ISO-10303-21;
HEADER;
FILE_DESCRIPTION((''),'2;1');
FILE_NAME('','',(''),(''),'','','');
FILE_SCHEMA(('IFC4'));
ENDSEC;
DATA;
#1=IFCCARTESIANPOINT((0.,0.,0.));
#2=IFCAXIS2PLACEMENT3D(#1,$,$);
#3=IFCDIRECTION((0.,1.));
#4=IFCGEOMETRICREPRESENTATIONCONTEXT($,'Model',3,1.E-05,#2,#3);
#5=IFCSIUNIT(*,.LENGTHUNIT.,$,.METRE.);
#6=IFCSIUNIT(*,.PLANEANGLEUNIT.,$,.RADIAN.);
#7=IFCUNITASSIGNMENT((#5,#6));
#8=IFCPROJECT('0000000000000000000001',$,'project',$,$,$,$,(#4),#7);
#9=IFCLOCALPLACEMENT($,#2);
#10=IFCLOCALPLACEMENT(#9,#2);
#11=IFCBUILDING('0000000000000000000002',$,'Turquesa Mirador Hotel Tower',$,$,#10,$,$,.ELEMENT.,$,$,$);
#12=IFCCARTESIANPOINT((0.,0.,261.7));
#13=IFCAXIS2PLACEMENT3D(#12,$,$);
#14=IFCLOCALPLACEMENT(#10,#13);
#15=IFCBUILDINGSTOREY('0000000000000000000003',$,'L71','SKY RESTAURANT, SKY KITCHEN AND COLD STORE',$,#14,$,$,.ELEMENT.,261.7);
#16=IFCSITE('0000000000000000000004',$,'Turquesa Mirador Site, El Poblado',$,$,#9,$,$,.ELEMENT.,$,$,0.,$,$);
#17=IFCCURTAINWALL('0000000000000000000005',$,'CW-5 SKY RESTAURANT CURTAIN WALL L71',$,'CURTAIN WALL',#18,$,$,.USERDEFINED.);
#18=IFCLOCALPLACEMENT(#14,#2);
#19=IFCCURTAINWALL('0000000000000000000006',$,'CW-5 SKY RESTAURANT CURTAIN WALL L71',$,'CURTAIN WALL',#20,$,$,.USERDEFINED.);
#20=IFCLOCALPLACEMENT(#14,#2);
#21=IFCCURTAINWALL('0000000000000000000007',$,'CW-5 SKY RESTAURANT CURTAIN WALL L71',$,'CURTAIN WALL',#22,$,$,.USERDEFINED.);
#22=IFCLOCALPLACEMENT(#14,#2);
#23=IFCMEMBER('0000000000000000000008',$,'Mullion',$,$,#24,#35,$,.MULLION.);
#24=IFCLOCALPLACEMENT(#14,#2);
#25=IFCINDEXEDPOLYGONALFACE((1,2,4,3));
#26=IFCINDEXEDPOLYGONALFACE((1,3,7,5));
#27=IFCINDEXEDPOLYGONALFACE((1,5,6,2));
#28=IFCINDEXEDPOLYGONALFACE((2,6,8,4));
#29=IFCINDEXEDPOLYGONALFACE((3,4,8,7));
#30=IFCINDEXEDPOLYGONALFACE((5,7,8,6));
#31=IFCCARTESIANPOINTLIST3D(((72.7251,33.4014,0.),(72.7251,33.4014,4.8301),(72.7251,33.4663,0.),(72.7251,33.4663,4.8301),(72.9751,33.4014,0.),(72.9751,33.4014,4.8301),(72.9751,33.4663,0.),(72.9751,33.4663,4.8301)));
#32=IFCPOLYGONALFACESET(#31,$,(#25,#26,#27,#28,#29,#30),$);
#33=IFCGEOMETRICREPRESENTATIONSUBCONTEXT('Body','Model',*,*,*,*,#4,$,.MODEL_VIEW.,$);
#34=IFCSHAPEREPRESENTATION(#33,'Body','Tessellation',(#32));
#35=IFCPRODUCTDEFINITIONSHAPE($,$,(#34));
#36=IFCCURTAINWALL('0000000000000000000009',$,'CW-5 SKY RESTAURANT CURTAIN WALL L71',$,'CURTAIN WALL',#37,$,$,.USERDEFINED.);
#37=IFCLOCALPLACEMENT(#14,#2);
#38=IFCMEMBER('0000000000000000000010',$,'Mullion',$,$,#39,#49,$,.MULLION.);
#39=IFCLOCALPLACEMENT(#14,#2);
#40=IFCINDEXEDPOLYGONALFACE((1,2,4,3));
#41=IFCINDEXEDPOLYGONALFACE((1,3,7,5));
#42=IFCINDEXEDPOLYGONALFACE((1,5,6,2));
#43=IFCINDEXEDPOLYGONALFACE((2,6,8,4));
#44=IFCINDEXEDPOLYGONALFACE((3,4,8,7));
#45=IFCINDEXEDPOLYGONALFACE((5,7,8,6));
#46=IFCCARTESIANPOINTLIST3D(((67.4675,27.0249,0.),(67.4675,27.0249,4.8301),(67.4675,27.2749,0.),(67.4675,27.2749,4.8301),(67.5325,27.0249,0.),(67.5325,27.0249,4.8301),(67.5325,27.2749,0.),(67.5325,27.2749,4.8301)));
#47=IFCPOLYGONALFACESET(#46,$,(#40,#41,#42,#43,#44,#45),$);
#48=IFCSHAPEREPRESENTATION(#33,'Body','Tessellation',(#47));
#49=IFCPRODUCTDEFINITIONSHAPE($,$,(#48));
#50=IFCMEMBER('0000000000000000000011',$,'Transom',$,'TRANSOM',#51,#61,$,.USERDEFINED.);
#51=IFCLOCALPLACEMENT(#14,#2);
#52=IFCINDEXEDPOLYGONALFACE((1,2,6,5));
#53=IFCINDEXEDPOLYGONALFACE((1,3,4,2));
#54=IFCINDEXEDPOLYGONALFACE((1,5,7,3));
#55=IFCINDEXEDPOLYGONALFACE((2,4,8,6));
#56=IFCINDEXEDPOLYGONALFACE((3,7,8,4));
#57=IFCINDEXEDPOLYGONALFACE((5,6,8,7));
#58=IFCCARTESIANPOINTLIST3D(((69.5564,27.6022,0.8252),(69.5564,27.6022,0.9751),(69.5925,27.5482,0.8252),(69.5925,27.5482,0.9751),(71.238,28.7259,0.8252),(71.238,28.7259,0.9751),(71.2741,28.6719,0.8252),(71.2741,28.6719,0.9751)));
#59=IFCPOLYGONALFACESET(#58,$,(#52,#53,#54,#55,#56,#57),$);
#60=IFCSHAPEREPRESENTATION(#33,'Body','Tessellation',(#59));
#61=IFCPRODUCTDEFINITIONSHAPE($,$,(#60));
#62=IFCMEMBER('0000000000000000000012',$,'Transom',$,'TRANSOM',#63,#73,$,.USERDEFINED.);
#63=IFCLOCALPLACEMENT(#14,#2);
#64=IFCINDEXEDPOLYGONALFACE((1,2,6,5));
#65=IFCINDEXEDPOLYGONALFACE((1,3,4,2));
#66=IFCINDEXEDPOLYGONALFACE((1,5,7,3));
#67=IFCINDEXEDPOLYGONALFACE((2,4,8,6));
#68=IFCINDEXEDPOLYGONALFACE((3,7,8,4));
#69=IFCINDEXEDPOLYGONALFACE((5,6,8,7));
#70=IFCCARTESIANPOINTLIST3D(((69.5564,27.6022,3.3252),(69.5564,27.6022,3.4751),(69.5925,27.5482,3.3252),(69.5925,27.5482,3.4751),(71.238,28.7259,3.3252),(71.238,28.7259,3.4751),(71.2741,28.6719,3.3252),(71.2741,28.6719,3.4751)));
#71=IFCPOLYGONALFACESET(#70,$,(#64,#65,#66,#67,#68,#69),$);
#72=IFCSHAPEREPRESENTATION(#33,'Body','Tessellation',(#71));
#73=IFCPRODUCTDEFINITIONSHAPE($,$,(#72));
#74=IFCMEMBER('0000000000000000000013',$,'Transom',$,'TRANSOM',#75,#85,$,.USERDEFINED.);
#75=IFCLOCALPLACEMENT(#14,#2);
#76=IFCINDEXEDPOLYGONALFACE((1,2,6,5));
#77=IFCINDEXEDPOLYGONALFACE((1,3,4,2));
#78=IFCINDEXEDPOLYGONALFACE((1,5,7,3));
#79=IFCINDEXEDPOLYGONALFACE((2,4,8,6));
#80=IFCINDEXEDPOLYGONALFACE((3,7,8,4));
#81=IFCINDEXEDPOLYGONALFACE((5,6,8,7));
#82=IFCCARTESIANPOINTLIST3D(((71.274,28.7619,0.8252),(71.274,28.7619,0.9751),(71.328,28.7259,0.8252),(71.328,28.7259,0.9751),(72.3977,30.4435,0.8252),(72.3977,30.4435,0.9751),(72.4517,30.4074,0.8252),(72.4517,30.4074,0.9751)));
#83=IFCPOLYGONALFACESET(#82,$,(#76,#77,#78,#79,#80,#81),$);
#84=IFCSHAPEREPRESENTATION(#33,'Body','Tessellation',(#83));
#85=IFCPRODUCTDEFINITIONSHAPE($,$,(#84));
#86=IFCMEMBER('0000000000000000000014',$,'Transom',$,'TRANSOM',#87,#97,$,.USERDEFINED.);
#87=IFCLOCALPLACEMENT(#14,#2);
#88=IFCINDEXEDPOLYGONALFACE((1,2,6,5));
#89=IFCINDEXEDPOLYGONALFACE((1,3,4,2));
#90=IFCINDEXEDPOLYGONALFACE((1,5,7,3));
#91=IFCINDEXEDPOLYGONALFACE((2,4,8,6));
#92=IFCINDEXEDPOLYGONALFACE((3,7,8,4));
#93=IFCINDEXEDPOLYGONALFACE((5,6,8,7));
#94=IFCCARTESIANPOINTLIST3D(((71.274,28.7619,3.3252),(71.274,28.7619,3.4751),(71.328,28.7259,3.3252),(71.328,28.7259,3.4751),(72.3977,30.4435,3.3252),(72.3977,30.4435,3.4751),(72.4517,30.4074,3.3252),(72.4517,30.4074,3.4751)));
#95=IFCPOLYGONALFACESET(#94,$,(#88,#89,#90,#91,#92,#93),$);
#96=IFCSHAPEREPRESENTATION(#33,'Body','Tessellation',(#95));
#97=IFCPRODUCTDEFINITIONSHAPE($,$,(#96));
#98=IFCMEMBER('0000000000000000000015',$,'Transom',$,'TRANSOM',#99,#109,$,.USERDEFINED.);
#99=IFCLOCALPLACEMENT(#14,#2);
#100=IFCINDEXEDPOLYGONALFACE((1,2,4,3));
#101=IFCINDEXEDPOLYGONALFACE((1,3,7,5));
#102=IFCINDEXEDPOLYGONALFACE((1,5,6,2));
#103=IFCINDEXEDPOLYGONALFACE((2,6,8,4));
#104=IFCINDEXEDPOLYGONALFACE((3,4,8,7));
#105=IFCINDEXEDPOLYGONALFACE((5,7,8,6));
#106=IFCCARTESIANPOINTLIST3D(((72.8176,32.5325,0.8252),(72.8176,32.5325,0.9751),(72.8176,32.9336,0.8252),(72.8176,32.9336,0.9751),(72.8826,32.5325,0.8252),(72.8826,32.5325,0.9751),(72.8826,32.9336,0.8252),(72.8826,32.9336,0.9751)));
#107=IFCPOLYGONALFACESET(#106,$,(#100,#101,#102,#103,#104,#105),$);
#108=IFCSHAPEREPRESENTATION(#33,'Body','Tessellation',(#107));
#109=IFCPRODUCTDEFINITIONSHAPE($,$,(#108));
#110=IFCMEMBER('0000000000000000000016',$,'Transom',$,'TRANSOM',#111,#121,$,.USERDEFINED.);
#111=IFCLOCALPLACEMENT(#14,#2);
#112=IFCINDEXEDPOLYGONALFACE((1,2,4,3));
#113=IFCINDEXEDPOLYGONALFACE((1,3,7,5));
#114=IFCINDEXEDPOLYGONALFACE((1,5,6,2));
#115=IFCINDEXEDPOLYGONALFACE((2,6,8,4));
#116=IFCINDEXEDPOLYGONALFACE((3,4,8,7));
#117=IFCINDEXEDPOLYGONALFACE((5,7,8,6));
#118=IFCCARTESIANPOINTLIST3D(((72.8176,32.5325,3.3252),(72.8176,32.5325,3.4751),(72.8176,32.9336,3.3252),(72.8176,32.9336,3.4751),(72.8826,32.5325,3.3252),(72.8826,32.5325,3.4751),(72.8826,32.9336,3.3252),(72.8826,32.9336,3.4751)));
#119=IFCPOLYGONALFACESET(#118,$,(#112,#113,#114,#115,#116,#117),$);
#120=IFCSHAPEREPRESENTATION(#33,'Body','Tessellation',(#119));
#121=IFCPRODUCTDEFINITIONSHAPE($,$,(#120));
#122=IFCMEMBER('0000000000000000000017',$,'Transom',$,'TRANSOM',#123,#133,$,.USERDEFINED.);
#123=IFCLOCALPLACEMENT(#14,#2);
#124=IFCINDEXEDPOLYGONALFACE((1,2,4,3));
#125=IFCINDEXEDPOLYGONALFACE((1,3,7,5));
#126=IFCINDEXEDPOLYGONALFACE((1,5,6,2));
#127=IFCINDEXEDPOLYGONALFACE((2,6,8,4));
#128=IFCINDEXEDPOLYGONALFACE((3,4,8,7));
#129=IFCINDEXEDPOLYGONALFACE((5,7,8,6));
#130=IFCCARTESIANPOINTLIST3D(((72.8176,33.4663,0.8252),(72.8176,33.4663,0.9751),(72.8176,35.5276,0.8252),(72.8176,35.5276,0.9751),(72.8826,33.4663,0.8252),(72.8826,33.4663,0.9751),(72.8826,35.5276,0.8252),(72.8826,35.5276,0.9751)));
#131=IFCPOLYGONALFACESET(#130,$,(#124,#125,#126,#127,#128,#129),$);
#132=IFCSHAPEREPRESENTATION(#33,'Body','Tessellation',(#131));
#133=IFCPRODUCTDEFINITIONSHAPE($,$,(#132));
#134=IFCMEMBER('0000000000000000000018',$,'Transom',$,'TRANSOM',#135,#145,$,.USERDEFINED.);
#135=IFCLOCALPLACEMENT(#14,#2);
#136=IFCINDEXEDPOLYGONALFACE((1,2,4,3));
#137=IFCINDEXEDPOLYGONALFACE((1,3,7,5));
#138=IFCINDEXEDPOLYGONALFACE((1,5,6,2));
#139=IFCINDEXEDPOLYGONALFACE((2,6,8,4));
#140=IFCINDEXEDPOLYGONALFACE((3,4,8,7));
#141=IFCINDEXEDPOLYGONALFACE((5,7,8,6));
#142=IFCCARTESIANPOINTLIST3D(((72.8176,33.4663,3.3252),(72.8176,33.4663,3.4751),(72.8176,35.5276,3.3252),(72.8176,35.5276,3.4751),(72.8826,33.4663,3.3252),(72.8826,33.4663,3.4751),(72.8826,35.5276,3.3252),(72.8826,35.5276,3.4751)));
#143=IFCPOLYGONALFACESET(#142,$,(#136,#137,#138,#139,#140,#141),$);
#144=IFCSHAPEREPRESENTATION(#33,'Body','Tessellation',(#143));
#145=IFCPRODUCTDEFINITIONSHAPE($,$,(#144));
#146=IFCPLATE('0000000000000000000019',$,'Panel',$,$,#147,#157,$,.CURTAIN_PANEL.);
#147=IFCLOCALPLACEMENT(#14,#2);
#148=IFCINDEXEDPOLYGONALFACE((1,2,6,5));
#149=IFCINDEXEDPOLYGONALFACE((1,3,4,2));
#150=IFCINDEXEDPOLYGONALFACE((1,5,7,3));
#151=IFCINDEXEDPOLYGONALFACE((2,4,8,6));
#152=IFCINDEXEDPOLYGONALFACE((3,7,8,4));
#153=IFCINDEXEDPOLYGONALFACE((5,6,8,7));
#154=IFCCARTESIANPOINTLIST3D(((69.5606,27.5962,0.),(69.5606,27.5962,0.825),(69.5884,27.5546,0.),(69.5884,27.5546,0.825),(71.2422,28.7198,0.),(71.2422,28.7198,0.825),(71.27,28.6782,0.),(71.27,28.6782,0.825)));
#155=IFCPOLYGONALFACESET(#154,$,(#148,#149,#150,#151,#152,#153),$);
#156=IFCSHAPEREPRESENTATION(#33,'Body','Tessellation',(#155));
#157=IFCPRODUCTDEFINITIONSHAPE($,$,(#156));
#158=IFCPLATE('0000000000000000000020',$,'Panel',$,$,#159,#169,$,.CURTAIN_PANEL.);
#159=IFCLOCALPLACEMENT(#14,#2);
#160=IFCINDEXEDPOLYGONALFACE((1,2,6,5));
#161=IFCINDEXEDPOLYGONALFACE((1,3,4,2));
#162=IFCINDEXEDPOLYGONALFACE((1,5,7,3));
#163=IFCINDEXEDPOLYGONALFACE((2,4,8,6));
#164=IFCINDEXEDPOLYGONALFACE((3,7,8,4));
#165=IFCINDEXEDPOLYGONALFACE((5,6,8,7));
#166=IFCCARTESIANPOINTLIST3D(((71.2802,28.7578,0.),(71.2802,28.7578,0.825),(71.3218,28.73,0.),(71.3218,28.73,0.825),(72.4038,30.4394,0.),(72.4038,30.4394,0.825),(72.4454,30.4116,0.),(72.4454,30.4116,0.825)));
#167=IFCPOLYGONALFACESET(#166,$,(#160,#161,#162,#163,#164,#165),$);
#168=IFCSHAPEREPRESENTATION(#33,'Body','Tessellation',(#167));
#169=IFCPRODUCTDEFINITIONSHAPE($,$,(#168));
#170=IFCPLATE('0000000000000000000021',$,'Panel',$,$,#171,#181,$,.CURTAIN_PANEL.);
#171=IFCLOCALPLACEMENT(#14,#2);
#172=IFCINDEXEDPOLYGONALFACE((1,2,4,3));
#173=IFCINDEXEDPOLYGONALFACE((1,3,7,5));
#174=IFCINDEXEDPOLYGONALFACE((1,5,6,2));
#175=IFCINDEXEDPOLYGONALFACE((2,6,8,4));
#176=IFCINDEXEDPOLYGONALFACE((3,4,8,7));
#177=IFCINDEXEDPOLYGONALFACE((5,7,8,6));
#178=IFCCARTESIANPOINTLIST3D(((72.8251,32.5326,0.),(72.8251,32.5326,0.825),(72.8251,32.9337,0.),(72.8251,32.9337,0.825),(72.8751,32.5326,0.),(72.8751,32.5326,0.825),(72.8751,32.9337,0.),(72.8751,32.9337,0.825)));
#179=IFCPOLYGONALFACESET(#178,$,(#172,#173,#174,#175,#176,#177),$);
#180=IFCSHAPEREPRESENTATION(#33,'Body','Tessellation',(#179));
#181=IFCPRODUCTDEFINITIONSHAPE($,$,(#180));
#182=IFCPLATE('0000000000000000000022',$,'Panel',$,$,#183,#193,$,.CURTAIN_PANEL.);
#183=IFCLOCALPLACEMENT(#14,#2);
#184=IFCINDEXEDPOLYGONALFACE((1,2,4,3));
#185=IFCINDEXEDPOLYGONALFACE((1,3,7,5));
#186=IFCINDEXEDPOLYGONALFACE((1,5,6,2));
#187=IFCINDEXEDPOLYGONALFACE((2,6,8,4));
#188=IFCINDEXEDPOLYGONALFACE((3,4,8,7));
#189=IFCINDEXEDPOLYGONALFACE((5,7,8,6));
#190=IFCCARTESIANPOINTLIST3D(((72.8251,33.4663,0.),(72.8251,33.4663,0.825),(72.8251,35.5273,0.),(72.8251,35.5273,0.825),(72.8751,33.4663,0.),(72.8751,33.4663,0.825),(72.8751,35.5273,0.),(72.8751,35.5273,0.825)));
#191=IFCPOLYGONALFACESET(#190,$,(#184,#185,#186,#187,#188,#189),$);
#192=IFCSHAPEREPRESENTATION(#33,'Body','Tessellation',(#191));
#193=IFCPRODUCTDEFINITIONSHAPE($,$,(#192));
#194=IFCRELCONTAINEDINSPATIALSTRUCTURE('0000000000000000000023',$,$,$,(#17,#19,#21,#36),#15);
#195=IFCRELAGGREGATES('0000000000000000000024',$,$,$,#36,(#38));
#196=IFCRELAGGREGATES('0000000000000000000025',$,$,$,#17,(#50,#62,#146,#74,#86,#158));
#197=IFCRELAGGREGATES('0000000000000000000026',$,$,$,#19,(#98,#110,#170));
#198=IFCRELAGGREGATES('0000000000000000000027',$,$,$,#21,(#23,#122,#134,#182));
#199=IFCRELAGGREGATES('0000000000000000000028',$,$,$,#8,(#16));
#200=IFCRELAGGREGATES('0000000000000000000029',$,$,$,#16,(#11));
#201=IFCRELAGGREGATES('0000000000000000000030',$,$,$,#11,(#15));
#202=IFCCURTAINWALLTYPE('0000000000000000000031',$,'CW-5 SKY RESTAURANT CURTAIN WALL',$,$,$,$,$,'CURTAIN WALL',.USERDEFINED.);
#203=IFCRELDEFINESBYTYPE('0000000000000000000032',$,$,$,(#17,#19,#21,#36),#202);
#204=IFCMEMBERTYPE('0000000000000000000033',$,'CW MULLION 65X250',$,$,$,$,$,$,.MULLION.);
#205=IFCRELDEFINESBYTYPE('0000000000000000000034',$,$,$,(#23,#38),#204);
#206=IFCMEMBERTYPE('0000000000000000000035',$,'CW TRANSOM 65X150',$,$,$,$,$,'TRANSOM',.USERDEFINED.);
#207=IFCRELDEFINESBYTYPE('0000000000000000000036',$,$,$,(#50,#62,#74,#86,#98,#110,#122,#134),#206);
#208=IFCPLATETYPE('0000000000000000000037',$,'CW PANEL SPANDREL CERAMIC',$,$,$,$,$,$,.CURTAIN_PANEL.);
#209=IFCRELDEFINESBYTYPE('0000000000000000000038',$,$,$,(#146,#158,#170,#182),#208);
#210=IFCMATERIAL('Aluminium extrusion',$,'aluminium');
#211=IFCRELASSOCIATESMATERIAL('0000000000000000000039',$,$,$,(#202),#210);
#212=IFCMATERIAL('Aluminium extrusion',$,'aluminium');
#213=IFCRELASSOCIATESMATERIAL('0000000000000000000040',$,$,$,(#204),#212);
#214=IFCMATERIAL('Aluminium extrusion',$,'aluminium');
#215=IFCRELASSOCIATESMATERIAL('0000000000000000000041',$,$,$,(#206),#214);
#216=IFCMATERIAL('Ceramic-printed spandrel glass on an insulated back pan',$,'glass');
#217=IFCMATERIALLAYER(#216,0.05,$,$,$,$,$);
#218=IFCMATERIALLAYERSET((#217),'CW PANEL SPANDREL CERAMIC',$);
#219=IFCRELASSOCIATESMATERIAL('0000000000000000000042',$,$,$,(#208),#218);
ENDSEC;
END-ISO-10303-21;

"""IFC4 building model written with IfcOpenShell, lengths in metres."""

from ifc_helpers import new_model, si_unit, direction, frame, origin, origin_2d, place, context, subcontext, project, spatial, rectangle, extrude, material, layer, layer_set, material_profile, profile_set, type_object, element, aggregate, save


model = new_model("IFC4")

# Units and contexts
model_context = context("Model", 3, precision=1e-05, world=origin(), true_north=direction((0.0, 1.0)))
body_context = subcontext(model_context, "Body", "Model", "MODEL_VIEW")
ifc_project = project(units=[si_unit("LENGTHUNIT", "METRE"), si_unit("PLANEANGLEUNIT", "RADIAN")], contexts=[model_context])

# Site, building, storey
site_placement = place(None, origin())
site = spatial("IfcSite", under=ifc_project, at=site_placement, Name="Turquesa Mirador Site, El Poblado", CompositionType="ELEMENT", RefElevation=0.0)
building_placement = place(site_placement, origin())
building = spatial("IfcBuilding", under=site, at=building_placement, Name="Turquesa Mirador Hotel Tower", CompositionType="ELEMENT")
storey_placement = place(building_placement, frame((0.0, 0.0, 261.7)))
storey = spatial("IfcBuildingStorey", under=building, at=storey_placement, Name="L71", Description="SKY RESTAURANT, SKY KITCHEN AND COLD STORE", CompositionType="ELEMENT", Elevation=261.7)

# Curtain walls
ifc_material_1 = material(Name="Aluminium extrusion", Category="aluminium")
curtain_wall_type = type_object("IfcCurtainWallType", Name="CW-5 SKY RESTAURANT CURTAIN WALL", ElementType="CURTAIN WALL", PredefinedType="USERDEFINED", material=ifc_material_1)
curtain_wall_1_placement = place(storey_placement, origin())
curtain_wall_1 = element("IfcCurtainWall", 1, at=curtain_wall_1_placement, inside=storey, type_object=curtain_wall_type, Name="CW-5 SKY RESTAURANT CURTAIN WALL L71", ObjectType="CURTAIN WALL", PredefinedType="USERDEFINED")
ifc_material_2 = material(Name="Aluminium extrusion", Category="aluminium")
ifc_material_profile_1 = material_profile(ifc_material_2, rectangle(XDim=0.0649, YDim=0.25, at=origin_2d()), Name="MULLION 65X250")
ifc_profile_set_1 = profile_set([ifc_material_profile_1], Name="Aluminium extrusion")
member_type_1 = type_object("IfcMemberType", Name="CW MULLION 65X250", PredefinedType="MULLION", material=ifc_profile_set_1)
curtain_wall_2_placement = place(storey_placement, origin())
curtain_wall_2 = element("IfcCurtainWall", 2, at=curtain_wall_2_placement, inside=storey, type_object=curtain_wall_type, Name="CW-5 SKY RESTAURANT CURTAIN WALL L71", ObjectType="CURTAIN WALL", PredefinedType="USERDEFINED")

# Curtain walls, members
curtain_wall_3_placement = place(storey_placement, origin())
curtain_wall_3 = element("IfcCurtainWall", 3, at=curtain_wall_3_placement, inside=storey, type_object=curtain_wall_type, Name="CW-5 SKY RESTAURANT CURTAIN WALL L71", ObjectType="CURTAIN WALL", PredefinedType="USERDEFINED")
member_1_placement = place(storey_placement, frame((72.8501, 33.4338, 0.0), z_axis=(0.0, 0.0, 1.0), x_axis=(0.0, 1.0, 0.0)))
member_1 = element("IfcMember", 4, at=member_1_placement, type_object=member_type_1, Name="Mullion", PredefinedType="MULLION", context=body_context, shape_type="SweptSolid", body=[
    extrude(rectangle(XDim=0.0649, YDim=0.25, at=origin_2d()), origin(), (0.0, 0.0, 1.0), 4.8301),
])
curtain_wall_4_placement = place(storey_placement, origin())
curtain_wall_4 = element("IfcCurtainWall", 5, at=curtain_wall_4_placement, inside=storey, type_object=curtain_wall_type, Name="CW-5 SKY RESTAURANT CURTAIN WALL L71", ObjectType="CURTAIN WALL", PredefinedType="USERDEFINED")
member_2_placement = place(storey_placement, frame((67.5, 27.1499, 0.0), z_axis=(0.0, 0.0, 1.0), x_axis=(1.0, 0.0, 0.0)))
member_2 = element("IfcMember", 6, at=member_2_placement, type_object=member_type_1, Name="Mullion", PredefinedType="MULLION", context=body_context, shape_type="SweptSolid", body=[
    extrude(rectangle(XDim=0.0649, YDim=0.25, at=origin_2d()), origin(), (0.0, 0.0, 1.0), 4.8301),
])
aggregate(curtain_wall_4, [member_2])

# Members
ifc_material_3 = material(Name="Aluminium extrusion", Category="aluminium")
ifc_material_profile_2 = material_profile(ifc_material_3, rectangle(XDim=0.0649, YDim=0.1499, at=origin_2d()), Name="TRANSOM 65X150")
ifc_profile_set_2 = profile_set([ifc_material_profile_2], Name="Aluminium extrusion")
member_type_2 = type_object("IfcMemberType", Name="CW TRANSOM 65X150", ElementType="TRANSOM", PredefinedType="USERDEFINED", material=ifc_profile_set_2)
member_3_placement = place(storey_placement, frame((69.5745, 27.5752, 0.9001), z_axis=(0.831437, 0.555619, 0.0), x_axis=(-0.555619, 0.831437, 0.0)))
member_3 = element("IfcMember", 7, at=member_3_placement, type_object=member_type_2, Name="Transom", ObjectType="TRANSOM", PredefinedType="USERDEFINED", context=body_context, shape_type="SweptSolid", body=[
    extrude(rectangle(XDim=0.0649, YDim=0.1499, at=origin_2d()), origin(), (0.0, 0.0, 1.0), 2.0225),
])
member_4_placement = place(storey_placement, frame((69.5745, 27.5752, 3.4001), z_axis=(0.831437, 0.555619, 0.0), x_axis=(-0.555619, 0.831437, 0.0)))
member_4 = element("IfcMember", 8, at=member_4_placement, type_object=member_type_2, Name="Transom", ObjectType="TRANSOM", PredefinedType="USERDEFINED", context=body_context, shape_type="SweptSolid", body=[
    extrude(rectangle(XDim=0.0649, YDim=0.1499, at=origin_2d()), origin(), (0.0, 0.0, 1.0), 2.0225),
])
member_5_placement = place(storey_placement, frame((71.301, 28.7439, 0.9001), z_axis=(0.555619, 0.831437, 0.0), x_axis=(-0.831437, 0.555619, 0.0)))
member_5 = element("IfcMember", 9, at=member_5_placement, type_object=member_type_2, Name="Transom", ObjectType="TRANSOM", PredefinedType="USERDEFINED", context=body_context, shape_type="SweptSolid", body=[
    extrude(rectangle(XDim=0.0649, YDim=0.1499, at=origin_2d()), origin(), (0.0, 0.0, 1.0), 2.0225),
])
member_6_placement = place(storey_placement, frame((71.301, 28.7439, 3.4001), z_axis=(0.555619, 0.831437, 0.0), x_axis=(-0.831437, 0.555619, 0.0)))
member_6 = element("IfcMember", 10, at=member_6_placement, type_object=member_type_2, Name="Transom", ObjectType="TRANSOM", PredefinedType="USERDEFINED", context=body_context, shape_type="SweptSolid", body=[
    extrude(rectangle(XDim=0.0649, YDim=0.1499, at=origin_2d()), origin(), (0.0, 0.0, 1.0), 2.0225),
])
member_7_placement = place(storey_placement, frame((72.8501, 32.5325, 0.9001), z_axis=(0.0, 1.0, 0.0), x_axis=(-1.0, 0.0, 0.0)))
member_7 = element("IfcMember", 11, at=member_7_placement, type_object=member_type_2, Name="Transom", ObjectType="TRANSOM", PredefinedType="USERDEFINED", context=body_context, shape_type="SweptSolid", body=[
    extrude(rectangle(XDim=0.0649, YDim=0.1499, at=origin_2d()), origin(), (0.0, 0.0, 1.0), 0.4011),
])
member_8_placement = place(storey_placement, frame((72.8501, 32.5325, 3.4001), z_axis=(0.0, 1.0, 0.0), x_axis=(-1.0, 0.0, 0.0)))
member_8 = element("IfcMember", 12, at=member_8_placement, type_object=member_type_2, Name="Transom", ObjectType="TRANSOM", PredefinedType="USERDEFINED", context=body_context, shape_type="SweptSolid", body=[
    extrude(rectangle(XDim=0.0649, YDim=0.1499, at=origin_2d()), origin(), (0.0, 0.0, 1.0), 0.4011),
])
member_9_placement = place(storey_placement, frame((72.8501, 33.4663, 0.9001), z_axis=(0.0, 1.0, 0.0), x_axis=(-1.0, 0.0, 0.0)))
member_9 = element("IfcMember", 13, at=member_9_placement, type_object=member_type_2, Name="Transom", ObjectType="TRANSOM", PredefinedType="USERDEFINED", context=body_context, shape_type="SweptSolid", body=[
    extrude(rectangle(XDim=0.0649, YDim=0.1499, at=origin_2d()), origin(), (0.0, 0.0, 1.0), 2.0613),
])
member_10_placement = place(storey_placement, frame((72.8501, 33.4663, 3.4001), z_axis=(0.0, 1.0, 0.0), x_axis=(-1.0, 0.0, 0.0)))
member_10 = element("IfcMember", 14, at=member_10_placement, type_object=member_type_2, Name="Transom", ObjectType="TRANSOM", PredefinedType="USERDEFINED", context=body_context, shape_type="SweptSolid", body=[
    extrude(rectangle(XDim=0.0649, YDim=0.1499, at=origin_2d()), origin(), (0.0, 0.0, 1.0), 2.0613),
])

# Plates
ifc_material_4 = material(Name="Ceramic-printed spandrel glass on an insulated back pan", Category="glass")
ifc_layer_1 = layer(ifc_material_4, 0.05)
ifc_layer_set_1 = layer_set([ifc_layer_1], Name="CW PANEL SPANDREL CERAMIC")
plate_type_1 = type_object("IfcPlateType", Name="CW PANEL SPANDREL CERAMIC", PredefinedType="CURTAIN_PANEL", material=ifc_layer_set_1)
plate_1_placement = place(storey_placement, frame((70.4153, 28.1372, 0.0), z_axis=(0.0, 0.0, 1.0), x_axis=(0.83147, 0.55557, 0.0)))
plate_1 = element("IfcPlate", 15, at=plate_1_placement, type_object=plate_type_1, Name="Panel", PredefinedType="CURTAIN_PANEL", context=body_context, shape_type="SweptSolid", body=[
    extrude(rectangle(XDim=2.0225, YDim=0.05, at=origin_2d()), origin(), (0.0, 0.0, 1.0), 0.825),
])
plate_2_placement = place(storey_placement, frame((71.8628, 29.5847, 0.0), z_axis=(0.0, 0.0, 1.0), x_axis=(0.55557, 0.83147, 0.0)))
plate_2 = element("IfcPlate", 16, at=plate_2_placement, type_object=plate_type_1, Name="Panel", PredefinedType="CURTAIN_PANEL", context=body_context, shape_type="SweptSolid", body=[
    extrude(rectangle(XDim=2.0225, YDim=0.05, at=origin_2d()), origin(), (0.0, 0.0, 1.0), 0.825),
])
plate_3_placement = place(storey_placement, frame((72.8501, 32.7332, 0.0), z_axis=(0.0, 0.0, 1.0), x_axis=(0.0, 1.0, 0.0)))
plate_3 = element("IfcPlate", 17, at=plate_3_placement, type_object=plate_type_1, Name="Panel", PredefinedType="CURTAIN_PANEL", context=body_context, shape_type="SweptSolid", body=[
    extrude(rectangle(XDim=0.4011, YDim=0.05, at=origin_2d()), origin(), (0.0, 0.0, 1.0), 0.825),
])
plate_4_placement = place(storey_placement, frame((72.8501, 34.4968, 0.0), z_axis=(0.0, 0.0, 1.0), x_axis=(0.0, 1.0, 0.0)))
plate_4 = element("IfcPlate", 18, at=plate_4_placement, type_object=plate_type_1, Name="Panel", PredefinedType="CURTAIN_PANEL", context=body_context, shape_type="SweptSolid", body=[
    extrude(rectangle(XDim=2.061, YDim=0.05, at=origin_2d()), origin(), (0.0, 0.0, 1.0), 0.825),
])
aggregate(curtain_wall_1, [member_3, member_4, plate_1, member_5, member_6, plate_2])
aggregate(curtain_wall_2, [member_7, member_8, plate_3])
aggregate(curtain_wall_3, [member_1, member_9, member_10, plate_4])

save(model, "model.ifc")
